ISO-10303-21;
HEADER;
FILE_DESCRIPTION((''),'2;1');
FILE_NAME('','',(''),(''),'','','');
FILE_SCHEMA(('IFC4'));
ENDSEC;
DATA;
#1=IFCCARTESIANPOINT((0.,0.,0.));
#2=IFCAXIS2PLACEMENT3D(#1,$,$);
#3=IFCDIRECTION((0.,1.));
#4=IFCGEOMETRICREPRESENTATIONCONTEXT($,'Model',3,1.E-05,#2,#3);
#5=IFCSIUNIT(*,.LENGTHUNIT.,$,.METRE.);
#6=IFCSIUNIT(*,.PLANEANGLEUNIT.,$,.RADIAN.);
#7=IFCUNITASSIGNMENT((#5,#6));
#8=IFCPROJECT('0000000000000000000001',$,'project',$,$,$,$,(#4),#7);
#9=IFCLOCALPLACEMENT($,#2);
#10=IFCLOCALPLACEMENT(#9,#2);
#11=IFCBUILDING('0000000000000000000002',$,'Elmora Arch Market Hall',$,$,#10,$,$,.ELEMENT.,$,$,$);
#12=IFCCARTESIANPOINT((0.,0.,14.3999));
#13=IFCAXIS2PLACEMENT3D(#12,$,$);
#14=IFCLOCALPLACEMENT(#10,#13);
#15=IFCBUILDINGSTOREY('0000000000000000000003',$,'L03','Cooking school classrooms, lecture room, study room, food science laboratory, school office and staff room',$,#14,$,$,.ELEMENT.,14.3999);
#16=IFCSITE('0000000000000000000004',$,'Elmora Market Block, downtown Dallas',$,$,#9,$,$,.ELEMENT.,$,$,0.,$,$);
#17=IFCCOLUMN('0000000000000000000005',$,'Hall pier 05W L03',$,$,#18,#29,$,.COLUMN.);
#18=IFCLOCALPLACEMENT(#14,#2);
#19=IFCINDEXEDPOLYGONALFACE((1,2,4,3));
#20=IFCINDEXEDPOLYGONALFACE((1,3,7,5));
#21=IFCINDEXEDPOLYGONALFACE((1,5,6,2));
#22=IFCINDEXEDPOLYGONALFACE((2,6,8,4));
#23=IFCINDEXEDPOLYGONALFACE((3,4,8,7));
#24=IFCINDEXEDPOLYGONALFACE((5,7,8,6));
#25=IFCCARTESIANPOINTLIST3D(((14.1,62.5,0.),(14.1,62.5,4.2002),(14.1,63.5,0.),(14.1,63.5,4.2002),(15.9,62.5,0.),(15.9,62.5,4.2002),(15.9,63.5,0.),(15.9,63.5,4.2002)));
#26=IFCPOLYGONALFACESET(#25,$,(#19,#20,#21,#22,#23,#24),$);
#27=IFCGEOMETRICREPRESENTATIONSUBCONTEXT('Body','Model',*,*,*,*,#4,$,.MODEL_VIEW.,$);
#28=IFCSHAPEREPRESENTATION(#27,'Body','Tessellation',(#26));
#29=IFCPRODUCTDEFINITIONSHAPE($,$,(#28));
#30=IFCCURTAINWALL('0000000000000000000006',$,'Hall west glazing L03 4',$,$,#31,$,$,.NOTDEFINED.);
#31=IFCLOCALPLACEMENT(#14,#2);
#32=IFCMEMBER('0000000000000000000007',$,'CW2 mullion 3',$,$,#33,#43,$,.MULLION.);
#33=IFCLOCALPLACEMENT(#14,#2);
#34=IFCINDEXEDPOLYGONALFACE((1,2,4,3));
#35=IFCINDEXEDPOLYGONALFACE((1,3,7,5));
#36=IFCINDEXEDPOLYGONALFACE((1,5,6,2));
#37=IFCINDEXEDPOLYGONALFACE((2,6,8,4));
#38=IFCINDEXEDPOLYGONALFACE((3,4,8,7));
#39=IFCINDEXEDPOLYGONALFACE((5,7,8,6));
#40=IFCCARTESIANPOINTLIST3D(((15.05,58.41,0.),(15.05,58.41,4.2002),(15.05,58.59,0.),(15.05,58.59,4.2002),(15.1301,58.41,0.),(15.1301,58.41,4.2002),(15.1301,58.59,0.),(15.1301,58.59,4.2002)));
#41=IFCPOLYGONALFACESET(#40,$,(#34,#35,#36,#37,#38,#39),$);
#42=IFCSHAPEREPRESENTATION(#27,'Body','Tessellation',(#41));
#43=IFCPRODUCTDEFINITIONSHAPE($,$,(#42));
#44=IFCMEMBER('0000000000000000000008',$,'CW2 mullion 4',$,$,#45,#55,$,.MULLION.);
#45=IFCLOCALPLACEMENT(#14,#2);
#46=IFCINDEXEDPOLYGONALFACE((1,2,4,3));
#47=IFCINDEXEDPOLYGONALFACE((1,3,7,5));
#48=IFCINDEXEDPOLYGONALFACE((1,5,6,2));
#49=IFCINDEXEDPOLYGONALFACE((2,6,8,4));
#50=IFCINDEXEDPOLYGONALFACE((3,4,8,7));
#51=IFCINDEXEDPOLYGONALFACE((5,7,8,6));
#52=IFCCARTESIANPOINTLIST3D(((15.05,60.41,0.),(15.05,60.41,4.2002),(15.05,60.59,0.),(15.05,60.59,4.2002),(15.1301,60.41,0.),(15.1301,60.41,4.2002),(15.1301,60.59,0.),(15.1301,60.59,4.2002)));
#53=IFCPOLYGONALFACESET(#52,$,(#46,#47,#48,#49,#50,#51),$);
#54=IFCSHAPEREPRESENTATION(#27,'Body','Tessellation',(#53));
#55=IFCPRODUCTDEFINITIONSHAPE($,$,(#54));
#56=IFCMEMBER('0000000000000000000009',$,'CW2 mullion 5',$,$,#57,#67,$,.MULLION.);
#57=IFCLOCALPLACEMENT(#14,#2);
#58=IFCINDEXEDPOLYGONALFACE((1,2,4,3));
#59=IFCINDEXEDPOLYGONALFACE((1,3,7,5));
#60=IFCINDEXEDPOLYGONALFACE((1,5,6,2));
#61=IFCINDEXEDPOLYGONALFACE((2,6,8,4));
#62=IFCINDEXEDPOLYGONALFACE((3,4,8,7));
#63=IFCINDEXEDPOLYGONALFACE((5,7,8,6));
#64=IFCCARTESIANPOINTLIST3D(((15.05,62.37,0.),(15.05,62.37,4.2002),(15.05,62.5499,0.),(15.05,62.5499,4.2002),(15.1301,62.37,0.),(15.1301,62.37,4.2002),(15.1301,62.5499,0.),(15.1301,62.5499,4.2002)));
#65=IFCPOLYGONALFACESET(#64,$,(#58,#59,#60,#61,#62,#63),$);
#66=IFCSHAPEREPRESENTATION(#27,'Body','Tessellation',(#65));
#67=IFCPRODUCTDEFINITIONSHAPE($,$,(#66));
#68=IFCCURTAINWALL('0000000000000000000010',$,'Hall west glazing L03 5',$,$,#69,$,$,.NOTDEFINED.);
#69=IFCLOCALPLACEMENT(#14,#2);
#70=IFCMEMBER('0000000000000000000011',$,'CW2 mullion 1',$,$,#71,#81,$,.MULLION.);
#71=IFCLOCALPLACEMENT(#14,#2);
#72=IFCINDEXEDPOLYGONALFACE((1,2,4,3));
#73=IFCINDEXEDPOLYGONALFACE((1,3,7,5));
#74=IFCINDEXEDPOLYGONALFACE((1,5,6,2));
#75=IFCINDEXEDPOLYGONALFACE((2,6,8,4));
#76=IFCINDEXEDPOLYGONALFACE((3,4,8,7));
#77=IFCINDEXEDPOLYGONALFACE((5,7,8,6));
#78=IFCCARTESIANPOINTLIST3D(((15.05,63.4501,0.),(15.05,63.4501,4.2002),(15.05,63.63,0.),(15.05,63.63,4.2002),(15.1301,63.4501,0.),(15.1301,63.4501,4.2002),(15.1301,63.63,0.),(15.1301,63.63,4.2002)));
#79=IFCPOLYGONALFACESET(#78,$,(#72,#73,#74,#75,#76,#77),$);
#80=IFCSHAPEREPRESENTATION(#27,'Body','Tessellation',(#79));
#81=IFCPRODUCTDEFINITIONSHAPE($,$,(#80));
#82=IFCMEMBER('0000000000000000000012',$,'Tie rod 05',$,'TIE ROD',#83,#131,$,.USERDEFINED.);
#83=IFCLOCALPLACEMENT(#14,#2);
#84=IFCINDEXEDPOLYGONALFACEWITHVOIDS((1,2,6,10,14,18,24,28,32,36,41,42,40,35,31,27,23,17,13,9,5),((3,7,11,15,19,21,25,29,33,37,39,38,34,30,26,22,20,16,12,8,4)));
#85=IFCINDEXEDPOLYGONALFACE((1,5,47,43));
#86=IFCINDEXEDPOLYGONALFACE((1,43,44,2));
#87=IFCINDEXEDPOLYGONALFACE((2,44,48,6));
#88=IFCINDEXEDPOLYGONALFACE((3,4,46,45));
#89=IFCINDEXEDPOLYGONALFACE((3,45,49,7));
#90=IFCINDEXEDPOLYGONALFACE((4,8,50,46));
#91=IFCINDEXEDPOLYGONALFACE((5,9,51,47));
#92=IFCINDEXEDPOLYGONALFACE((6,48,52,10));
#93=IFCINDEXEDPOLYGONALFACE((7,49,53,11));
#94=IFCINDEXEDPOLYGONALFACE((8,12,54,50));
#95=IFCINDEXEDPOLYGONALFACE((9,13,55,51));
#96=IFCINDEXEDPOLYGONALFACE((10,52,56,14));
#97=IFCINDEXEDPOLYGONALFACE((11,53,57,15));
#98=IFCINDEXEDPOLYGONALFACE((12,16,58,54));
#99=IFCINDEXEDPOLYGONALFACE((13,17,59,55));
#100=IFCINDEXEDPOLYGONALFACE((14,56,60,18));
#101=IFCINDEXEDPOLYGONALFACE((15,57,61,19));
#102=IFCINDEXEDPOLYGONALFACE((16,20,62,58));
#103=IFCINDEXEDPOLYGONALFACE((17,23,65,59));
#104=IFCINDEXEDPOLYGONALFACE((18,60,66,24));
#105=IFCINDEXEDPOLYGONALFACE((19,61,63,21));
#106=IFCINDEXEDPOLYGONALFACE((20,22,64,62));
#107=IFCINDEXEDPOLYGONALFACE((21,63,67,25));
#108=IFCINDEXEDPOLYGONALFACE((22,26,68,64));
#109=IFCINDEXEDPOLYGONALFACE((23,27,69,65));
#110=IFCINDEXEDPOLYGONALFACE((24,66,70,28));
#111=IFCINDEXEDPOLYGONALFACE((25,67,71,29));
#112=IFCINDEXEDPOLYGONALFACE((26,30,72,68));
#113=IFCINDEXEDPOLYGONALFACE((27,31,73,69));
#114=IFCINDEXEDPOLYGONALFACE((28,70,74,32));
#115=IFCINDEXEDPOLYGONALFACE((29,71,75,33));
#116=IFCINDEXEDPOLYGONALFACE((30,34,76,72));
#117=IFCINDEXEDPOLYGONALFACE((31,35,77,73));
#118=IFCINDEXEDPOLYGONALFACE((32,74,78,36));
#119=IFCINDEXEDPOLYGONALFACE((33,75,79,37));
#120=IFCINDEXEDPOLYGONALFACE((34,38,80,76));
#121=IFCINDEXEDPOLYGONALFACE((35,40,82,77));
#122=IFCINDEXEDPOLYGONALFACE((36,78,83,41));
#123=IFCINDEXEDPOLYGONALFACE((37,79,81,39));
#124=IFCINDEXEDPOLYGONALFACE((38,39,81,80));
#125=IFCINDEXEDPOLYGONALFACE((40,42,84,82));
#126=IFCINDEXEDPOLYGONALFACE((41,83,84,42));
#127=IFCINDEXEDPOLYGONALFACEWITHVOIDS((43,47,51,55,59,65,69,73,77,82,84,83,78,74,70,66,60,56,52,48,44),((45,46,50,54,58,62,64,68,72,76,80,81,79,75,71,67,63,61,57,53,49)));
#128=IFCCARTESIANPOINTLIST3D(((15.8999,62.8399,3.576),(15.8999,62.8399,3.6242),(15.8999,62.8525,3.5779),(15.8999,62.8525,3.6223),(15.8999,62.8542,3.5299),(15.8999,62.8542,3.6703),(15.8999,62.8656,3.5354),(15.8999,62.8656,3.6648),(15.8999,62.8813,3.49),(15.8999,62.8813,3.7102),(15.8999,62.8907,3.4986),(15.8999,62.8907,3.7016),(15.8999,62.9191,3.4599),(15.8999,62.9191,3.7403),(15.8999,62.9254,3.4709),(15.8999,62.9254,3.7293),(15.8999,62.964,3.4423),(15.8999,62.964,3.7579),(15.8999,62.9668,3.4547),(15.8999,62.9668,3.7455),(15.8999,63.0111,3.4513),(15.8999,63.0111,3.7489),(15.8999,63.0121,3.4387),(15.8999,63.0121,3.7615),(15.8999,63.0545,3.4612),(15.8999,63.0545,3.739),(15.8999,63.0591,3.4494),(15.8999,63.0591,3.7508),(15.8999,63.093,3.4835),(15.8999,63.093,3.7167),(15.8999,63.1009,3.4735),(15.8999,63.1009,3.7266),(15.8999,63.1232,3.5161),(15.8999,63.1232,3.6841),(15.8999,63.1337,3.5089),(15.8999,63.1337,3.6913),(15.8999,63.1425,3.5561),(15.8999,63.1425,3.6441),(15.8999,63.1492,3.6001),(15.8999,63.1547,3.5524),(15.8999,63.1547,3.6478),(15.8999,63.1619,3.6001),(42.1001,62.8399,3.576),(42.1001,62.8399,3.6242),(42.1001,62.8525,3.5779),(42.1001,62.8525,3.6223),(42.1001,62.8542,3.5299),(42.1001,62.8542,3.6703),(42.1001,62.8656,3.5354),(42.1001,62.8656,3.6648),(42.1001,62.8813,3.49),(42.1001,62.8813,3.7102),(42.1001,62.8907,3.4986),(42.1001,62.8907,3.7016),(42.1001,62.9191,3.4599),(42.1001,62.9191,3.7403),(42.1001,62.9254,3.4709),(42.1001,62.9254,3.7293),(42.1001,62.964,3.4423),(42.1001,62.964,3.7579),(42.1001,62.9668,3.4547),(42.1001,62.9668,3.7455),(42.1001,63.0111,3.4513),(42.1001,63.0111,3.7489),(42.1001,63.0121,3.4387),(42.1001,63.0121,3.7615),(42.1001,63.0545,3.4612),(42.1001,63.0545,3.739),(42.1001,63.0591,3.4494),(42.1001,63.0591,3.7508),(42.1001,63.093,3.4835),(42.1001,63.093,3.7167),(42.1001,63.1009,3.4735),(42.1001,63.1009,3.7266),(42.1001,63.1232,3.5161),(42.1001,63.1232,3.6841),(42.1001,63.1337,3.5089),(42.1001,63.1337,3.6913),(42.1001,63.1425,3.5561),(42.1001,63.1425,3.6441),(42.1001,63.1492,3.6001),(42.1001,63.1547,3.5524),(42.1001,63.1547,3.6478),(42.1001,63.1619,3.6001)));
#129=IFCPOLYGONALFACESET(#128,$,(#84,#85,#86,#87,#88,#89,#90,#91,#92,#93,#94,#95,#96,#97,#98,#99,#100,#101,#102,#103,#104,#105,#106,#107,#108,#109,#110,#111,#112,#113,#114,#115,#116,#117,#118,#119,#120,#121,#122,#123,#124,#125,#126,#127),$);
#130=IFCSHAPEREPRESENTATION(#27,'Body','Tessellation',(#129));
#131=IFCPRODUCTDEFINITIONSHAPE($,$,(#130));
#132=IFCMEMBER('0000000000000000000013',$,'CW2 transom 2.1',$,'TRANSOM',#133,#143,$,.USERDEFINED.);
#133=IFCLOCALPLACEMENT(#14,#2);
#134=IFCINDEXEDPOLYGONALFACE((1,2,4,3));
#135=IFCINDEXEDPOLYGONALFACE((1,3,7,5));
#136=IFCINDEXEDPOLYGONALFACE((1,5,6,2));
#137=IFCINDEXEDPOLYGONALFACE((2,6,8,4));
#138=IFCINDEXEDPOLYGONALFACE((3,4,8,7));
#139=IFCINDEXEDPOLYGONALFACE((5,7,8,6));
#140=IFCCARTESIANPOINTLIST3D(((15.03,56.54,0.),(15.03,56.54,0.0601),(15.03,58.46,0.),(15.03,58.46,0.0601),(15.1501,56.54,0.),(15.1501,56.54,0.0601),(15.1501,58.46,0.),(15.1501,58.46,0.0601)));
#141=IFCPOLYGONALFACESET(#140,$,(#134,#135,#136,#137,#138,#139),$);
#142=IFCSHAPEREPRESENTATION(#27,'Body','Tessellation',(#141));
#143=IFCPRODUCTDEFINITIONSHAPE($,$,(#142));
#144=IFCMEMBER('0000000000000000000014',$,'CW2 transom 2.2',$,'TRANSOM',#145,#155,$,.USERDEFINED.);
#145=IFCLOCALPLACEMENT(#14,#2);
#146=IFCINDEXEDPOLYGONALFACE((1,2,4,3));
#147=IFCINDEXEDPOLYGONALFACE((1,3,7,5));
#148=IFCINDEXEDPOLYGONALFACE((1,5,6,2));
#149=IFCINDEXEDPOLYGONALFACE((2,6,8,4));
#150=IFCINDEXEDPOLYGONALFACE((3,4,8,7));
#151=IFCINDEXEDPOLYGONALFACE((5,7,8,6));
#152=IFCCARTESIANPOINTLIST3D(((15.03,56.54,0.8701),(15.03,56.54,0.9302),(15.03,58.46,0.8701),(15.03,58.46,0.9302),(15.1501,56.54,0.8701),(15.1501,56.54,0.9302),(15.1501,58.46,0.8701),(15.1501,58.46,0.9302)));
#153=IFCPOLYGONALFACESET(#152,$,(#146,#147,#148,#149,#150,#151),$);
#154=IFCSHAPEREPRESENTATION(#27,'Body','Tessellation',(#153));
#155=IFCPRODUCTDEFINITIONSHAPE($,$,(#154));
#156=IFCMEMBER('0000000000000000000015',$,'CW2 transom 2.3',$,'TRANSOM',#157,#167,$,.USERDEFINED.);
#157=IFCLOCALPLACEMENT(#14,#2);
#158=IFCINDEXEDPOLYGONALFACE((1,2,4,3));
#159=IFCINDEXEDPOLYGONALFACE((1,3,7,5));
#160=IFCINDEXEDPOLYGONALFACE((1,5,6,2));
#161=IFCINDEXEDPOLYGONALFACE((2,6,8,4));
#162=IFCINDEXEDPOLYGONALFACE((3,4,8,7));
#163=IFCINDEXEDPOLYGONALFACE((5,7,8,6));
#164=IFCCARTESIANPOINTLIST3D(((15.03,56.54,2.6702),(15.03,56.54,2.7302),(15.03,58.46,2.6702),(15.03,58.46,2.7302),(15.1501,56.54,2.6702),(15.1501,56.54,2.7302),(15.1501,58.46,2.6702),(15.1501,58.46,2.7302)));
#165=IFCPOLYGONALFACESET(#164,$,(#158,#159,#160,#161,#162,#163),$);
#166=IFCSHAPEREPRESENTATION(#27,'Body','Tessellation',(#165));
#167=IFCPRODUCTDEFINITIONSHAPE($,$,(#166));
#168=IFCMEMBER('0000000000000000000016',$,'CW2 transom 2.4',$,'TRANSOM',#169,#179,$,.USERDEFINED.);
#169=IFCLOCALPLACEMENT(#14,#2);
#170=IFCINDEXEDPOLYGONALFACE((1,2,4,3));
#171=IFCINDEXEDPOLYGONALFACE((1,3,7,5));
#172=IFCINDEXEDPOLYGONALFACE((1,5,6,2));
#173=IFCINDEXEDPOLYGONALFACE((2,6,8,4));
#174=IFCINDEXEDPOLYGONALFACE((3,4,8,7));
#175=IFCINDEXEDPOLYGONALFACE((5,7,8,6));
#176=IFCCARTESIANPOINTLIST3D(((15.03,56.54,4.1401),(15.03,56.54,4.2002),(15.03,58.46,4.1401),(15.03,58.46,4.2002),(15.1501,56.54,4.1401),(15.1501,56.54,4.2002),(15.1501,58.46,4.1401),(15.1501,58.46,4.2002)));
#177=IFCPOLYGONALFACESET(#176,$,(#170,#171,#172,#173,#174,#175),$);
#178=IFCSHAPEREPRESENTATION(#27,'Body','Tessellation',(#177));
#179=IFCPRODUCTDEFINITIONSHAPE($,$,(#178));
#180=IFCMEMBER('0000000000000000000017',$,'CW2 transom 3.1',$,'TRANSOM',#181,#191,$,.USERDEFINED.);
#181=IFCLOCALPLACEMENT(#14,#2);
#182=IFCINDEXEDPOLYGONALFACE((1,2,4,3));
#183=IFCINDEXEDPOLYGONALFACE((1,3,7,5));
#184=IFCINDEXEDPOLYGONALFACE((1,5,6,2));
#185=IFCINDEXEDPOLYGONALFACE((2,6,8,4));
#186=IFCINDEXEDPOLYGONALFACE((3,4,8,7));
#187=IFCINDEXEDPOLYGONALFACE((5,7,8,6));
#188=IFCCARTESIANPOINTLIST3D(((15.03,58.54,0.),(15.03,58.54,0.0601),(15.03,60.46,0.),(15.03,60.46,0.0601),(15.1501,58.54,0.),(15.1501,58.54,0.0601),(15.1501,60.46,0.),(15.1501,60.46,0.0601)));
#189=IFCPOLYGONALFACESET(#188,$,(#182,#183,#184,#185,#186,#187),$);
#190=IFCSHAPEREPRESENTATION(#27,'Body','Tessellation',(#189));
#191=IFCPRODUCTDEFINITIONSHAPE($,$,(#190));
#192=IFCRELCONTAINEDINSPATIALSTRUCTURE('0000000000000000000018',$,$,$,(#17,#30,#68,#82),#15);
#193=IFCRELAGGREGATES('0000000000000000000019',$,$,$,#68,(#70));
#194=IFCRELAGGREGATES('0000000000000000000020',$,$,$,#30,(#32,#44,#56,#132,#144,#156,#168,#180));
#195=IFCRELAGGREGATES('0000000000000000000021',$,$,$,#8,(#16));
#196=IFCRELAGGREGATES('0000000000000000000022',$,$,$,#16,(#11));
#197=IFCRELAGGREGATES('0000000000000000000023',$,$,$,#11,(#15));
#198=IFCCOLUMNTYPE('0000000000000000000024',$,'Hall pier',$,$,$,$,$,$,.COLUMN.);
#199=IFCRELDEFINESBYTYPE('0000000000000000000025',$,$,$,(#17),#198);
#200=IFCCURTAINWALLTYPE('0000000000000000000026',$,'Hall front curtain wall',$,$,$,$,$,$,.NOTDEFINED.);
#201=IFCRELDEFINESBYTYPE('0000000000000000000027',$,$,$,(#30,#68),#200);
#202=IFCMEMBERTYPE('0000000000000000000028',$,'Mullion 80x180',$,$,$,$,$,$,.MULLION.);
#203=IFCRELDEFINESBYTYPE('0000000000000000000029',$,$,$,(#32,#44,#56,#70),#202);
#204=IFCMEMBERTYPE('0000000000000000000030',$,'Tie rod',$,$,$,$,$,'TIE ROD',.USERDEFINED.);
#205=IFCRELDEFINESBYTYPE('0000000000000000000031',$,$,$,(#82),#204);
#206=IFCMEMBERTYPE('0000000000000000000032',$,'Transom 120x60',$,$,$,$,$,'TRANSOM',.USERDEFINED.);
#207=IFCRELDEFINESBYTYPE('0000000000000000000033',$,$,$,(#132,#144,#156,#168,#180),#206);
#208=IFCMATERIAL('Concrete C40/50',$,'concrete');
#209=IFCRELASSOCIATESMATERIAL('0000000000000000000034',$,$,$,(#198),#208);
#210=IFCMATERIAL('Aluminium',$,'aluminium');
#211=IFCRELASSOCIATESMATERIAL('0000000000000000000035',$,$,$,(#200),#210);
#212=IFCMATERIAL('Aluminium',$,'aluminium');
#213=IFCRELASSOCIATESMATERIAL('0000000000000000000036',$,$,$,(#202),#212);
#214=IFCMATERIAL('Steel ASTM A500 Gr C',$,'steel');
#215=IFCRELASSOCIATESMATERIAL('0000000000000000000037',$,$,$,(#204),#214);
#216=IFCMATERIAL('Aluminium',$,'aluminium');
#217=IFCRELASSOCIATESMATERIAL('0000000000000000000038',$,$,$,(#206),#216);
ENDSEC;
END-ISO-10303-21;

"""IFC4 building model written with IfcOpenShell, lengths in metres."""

from ifc_helpers import new_model, si_unit, direction, frame, origin, origin_2d, place, context, subcontext, project, spatial, rectangle, hollow_circle, extrude, material, material_profile, profile_set, type_object, element, aggregate, save


model = new_model("IFC4")

# Units and contexts
model_context = context("Model", 3, precision=1e-05, world=origin(), true_north=direction((0.0, 1.0)))
body_context = subcontext(model_context, "Body", "Model", "MODEL_VIEW")
ifc_project = project(units=[si_unit("LENGTHUNIT", "METRE"), si_unit("PLANEANGLEUNIT", "RADIAN")], contexts=[model_context])

# Site, building, storey
site_placement = place(None, origin())
site = spatial("IfcSite", under=ifc_project, at=site_placement, Name="Elmora Market Block, downtown Dallas", CompositionType="ELEMENT", RefElevation=0.0)
building_placement = place(site_placement, origin())
building = spatial("IfcBuilding", under=site, at=building_placement, Name="Elmora Arch Market Hall", CompositionType="ELEMENT")
storey_placement = place(building_placement, frame((0.0, 0.0, 14.3999)))
storey = spatial("IfcBuildingStorey", under=building, at=storey_placement, Name="L03", Description="Cooking school classrooms, lecture room, study room, food science laboratory, school office and staff room", CompositionType="ELEMENT", Elevation=14.3999)

# Column
ifc_material_1 = material(Name="Concrete C40/50", Category="concrete")
ifc_material_profile_1 = material_profile(ifc_material_1, rectangle(XDim=1.8, YDim=1.0, at=origin_2d()), Name="Hall pier")
ifc_profile_set_1 = profile_set([ifc_material_profile_1], Name="Concrete C40/50")
column_type = type_object("IfcColumnType", Name="Hall pier", PredefinedType="COLUMN", material=ifc_profile_set_1)
column_placement = place(storey_placement, frame((15.0, 63.0, 0.0), z_axis=(0.0, 0.0, 1.0), x_axis=(1.0, 0.0, 0.0)))
element("IfcColumn", 1, at=column_placement, inside=storey, type_object=column_type, Name="Hall pier 05W L03", PredefinedType="COLUMN", context=body_context, shape_type="SweptSolid", body=[
    extrude(rectangle(XDim=1.8, YDim=1.0, at=origin_2d()), origin(), (0.0, 0.0, 1.0), 4.2002),
])

# Curtain wall, members
ifc_material_2 = material(Name="Aluminium", Category="aluminium")
curtain_wall_type = type_object("IfcCurtainWallType", Name="Hall front curtain wall", PredefinedType="NOTDEFINED", material=ifc_material_2)
curtain_wall_1_placement = place(storey_placement, origin())
curtain_wall_1 = element("IfcCurtainWall", 2, at=curtain_wall_1_placement, inside=storey, type_object=curtain_wall_type, Name="Hall west glazing L03 4", PredefinedType="NOTDEFINED")
ifc_material_3 = material(Name="Aluminium", Category="aluminium")
ifc_material_profile_2 = material_profile(ifc_material_3, rectangle(XDim=0.0801, YDim=0.1799, at=origin_2d()), Name="AL 80x180")
ifc_profile_set_2 = profile_set([ifc_material_profile_2], Name="Aluminium")
member_type_1 = type_object("IfcMemberType", Name="Mullion 80x180", PredefinedType="MULLION", material=ifc_profile_set_2)
member_1_placement = place(storey_placement, frame((15.0901, 58.5, 0.0), z_axis=(0.0, 0.0, 1.0), x_axis=(-1.0, 0.0, 0.0)))
member_1 = element("IfcMember", 3, at=member_1_placement, type_object=member_type_1, Name="CW2 mullion 3", PredefinedType="MULLION", context=body_context, shape_type="SweptSolid", body=[
    extrude(rectangle(XDim=0.0801, YDim=0.1799, at=origin_2d()), origin(), (0.0, 0.0, 1.0), 4.2002),
])
member_2_placement = place(storey_placement, frame((15.0901, 60.5, 0.0), z_axis=(0.0, 0.0, 1.0), x_axis=(-1.0, 0.0, 0.0)))
member_2 = element("IfcMember", 4, at=member_2_placement, type_object=member_type_1, Name="CW2 mullion 4", PredefinedType="MULLION", context=body_context, shape_type="SweptSolid", body=[
    extrude(rectangle(XDim=0.0801, YDim=0.1799, at=origin_2d()), origin(), (0.0, 0.0, 1.0), 4.2002),
])
member_3_placement = place(storey_placement, frame((15.0901, 62.46, 0.0), z_axis=(0.0, 0.0, 1.0), x_axis=(-1.0, 0.0, 0.0)))
member_3 = element("IfcMember", 5, at=member_3_placement, type_object=member_type_1, Name="CW2 mullion 5", PredefinedType="MULLION", context=body_context, shape_type="SweptSolid", body=[
    extrude(rectangle(XDim=0.0801, YDim=0.1799, at=origin_2d()), origin(), (0.0, 0.0, 1.0), 4.2002),
])

# Curtain wall, member
curtain_wall_2_placement = place(storey_placement, origin())
curtain_wall_2 = element("IfcCurtainWall", 6, at=curtain_wall_2_placement, inside=storey, type_object=curtain_wall_type, Name="Hall west glazing L03 5", PredefinedType="NOTDEFINED")
member_4_placement = place(storey_placement, frame((15.0901, 63.54, 0.0), z_axis=(0.0, 0.0, 1.0), x_axis=(-1.0, 0.0, 0.0)))
member_4 = element("IfcMember", 7, at=member_4_placement, type_object=member_type_1, Name="CW2 mullion 1", PredefinedType="MULLION", context=body_context, shape_type="SweptSolid", body=[
    extrude(rectangle(XDim=0.0801, YDim=0.1799, at=origin_2d()), origin(), (0.0, 0.0, 1.0), 4.2002),
])

# Members
ifc_material_4 = material(Name="Steel ASTM A500 Gr C", Category="steel")
ifc_material_profile_3 = material_profile(ifc_material_4, hollow_circle(Radius=0.1619, WallThickness=0.0127, at=origin_2d()), Name="Tie rod")
ifc_profile_set_3 = profile_set([ifc_material_profile_3], Name="Steel ASTM A500 Gr C")
member_type_2 = type_object("IfcMemberType", Name="Tie rod", ElementType="TIE ROD", PredefinedType="USERDEFINED", material=ifc_profile_set_3)
member_5_placement = place(storey_placement, frame((15.8999, 63.0, 3.6001), z_axis=(1.0, 0.0, 0.0), x_axis=(0.0, 1.0, 0.0)))
element("IfcMember", 8, at=member_5_placement, inside=storey, type_object=member_type_2, Name="Tie rod 05", ObjectType="TIE ROD", PredefinedType="USERDEFINED", context=body_context, shape_type="SweptSolid", body=[
    extrude(hollow_circle(Radius=0.1619, WallThickness=0.0127, at=origin_2d()), origin(), (0.0, 0.0, 1.0), 26.2002),
])
ifc_material_5 = material(Name="Aluminium", Category="aluminium")
ifc_material_profile_4 = material_profile(ifc_material_5, rectangle(XDim=0.1201, YDim=0.0601, at=origin_2d()), Name="AL 120x60")
ifc_profile_set_4 = profile_set([ifc_material_profile_4], Name="Aluminium")
member_type_3 = type_object("IfcMemberType", Name="Transom 120x60", ElementType="TRANSOM", PredefinedType="USERDEFINED", material=ifc_profile_set_4)
member_6_placement = place(storey_placement, frame((15.0901, 56.54, 0.03), z_axis=(0.0, 1.0, 0.0), x_axis=(-1.0, 0.0, 0.0)))
member_6 = element("IfcMember", 9, at=member_6_placement, type_object=member_type_3, Name="CW2 transom 2.1", ObjectType="TRANSOM", PredefinedType="USERDEFINED", context=body_context, shape_type="SweptSolid", body=[
    extrude(rectangle(XDim=0.1201, YDim=0.0601, at=origin_2d()), origin(), (0.0, 0.0, 1.0), 1.9199),
])
member_7_placement = place(storey_placement, frame((15.0901, 56.54, 0.9001), z_axis=(0.0, 1.0, 0.0), x_axis=(-1.0, 0.0, 0.0)))
member_7 = element("IfcMember", 10, at=member_7_placement, type_object=member_type_3, Name="CW2 transom 2.2", ObjectType="TRANSOM", PredefinedType="USERDEFINED", context=body_context, shape_type="SweptSolid", body=[
    extrude(rectangle(XDim=0.1201, YDim=0.0601, at=origin_2d()), origin(), (0.0, 0.0, 1.0), 1.9199),
])
member_8_placement = place(storey_placement, frame((15.0901, 56.54, 2.7002), z_axis=(0.0, 1.0, 0.0), x_axis=(-1.0, 0.0, 0.0)))
member_8 = element("IfcMember", 11, at=member_8_placement, type_object=member_type_3, Name="CW2 transom 2.3", ObjectType="TRANSOM", PredefinedType="USERDEFINED", context=body_context, shape_type="SweptSolid", body=[
    extrude(rectangle(XDim=0.1201, YDim=0.0601, at=origin_2d()), origin(), (0.0, 0.0, 1.0), 1.9199),
])
member_9_placement = place(storey_placement, frame((15.0901, 56.54, 4.1702), z_axis=(0.0, 1.0, 0.0), x_axis=(-1.0, 0.0, 0.0)))
member_9 = element("IfcMember", 12, at=member_9_placement, type_object=member_type_3, Name="CW2 transom 2.4", ObjectType="TRANSOM", PredefinedType="USERDEFINED", context=body_context, shape_type="SweptSolid", body=[
    extrude(rectangle(XDim=0.1201, YDim=0.0601, at=origin_2d()), origin(), (0.0, 0.0, 1.0), 1.9199),
])
member_10_placement = place(storey_placement, frame((15.0901, 58.54, 0.03), z_axis=(0.0, 1.0, 0.0), x_axis=(-1.0, 0.0, 0.0)))
member_10 = element("IfcMember", 13, at=member_10_placement, type_object=member_type_3, Name="CW2 transom 3.1", ObjectType="TRANSOM", PredefinedType="USERDEFINED", context=body_context, shape_type="SweptSolid", body=[
    extrude(rectangle(XDim=0.1201, YDim=0.0601, at=origin_2d()), origin(), (0.0, 0.0, 1.0), 1.9199),
])
aggregate(curtain_wall_2, [member_4])

aggregate(curtain_wall_1, [member_1, member_2, member_3, member_6, member_7, member_8, member_9, member_10])

save(model, "model.ifc")
